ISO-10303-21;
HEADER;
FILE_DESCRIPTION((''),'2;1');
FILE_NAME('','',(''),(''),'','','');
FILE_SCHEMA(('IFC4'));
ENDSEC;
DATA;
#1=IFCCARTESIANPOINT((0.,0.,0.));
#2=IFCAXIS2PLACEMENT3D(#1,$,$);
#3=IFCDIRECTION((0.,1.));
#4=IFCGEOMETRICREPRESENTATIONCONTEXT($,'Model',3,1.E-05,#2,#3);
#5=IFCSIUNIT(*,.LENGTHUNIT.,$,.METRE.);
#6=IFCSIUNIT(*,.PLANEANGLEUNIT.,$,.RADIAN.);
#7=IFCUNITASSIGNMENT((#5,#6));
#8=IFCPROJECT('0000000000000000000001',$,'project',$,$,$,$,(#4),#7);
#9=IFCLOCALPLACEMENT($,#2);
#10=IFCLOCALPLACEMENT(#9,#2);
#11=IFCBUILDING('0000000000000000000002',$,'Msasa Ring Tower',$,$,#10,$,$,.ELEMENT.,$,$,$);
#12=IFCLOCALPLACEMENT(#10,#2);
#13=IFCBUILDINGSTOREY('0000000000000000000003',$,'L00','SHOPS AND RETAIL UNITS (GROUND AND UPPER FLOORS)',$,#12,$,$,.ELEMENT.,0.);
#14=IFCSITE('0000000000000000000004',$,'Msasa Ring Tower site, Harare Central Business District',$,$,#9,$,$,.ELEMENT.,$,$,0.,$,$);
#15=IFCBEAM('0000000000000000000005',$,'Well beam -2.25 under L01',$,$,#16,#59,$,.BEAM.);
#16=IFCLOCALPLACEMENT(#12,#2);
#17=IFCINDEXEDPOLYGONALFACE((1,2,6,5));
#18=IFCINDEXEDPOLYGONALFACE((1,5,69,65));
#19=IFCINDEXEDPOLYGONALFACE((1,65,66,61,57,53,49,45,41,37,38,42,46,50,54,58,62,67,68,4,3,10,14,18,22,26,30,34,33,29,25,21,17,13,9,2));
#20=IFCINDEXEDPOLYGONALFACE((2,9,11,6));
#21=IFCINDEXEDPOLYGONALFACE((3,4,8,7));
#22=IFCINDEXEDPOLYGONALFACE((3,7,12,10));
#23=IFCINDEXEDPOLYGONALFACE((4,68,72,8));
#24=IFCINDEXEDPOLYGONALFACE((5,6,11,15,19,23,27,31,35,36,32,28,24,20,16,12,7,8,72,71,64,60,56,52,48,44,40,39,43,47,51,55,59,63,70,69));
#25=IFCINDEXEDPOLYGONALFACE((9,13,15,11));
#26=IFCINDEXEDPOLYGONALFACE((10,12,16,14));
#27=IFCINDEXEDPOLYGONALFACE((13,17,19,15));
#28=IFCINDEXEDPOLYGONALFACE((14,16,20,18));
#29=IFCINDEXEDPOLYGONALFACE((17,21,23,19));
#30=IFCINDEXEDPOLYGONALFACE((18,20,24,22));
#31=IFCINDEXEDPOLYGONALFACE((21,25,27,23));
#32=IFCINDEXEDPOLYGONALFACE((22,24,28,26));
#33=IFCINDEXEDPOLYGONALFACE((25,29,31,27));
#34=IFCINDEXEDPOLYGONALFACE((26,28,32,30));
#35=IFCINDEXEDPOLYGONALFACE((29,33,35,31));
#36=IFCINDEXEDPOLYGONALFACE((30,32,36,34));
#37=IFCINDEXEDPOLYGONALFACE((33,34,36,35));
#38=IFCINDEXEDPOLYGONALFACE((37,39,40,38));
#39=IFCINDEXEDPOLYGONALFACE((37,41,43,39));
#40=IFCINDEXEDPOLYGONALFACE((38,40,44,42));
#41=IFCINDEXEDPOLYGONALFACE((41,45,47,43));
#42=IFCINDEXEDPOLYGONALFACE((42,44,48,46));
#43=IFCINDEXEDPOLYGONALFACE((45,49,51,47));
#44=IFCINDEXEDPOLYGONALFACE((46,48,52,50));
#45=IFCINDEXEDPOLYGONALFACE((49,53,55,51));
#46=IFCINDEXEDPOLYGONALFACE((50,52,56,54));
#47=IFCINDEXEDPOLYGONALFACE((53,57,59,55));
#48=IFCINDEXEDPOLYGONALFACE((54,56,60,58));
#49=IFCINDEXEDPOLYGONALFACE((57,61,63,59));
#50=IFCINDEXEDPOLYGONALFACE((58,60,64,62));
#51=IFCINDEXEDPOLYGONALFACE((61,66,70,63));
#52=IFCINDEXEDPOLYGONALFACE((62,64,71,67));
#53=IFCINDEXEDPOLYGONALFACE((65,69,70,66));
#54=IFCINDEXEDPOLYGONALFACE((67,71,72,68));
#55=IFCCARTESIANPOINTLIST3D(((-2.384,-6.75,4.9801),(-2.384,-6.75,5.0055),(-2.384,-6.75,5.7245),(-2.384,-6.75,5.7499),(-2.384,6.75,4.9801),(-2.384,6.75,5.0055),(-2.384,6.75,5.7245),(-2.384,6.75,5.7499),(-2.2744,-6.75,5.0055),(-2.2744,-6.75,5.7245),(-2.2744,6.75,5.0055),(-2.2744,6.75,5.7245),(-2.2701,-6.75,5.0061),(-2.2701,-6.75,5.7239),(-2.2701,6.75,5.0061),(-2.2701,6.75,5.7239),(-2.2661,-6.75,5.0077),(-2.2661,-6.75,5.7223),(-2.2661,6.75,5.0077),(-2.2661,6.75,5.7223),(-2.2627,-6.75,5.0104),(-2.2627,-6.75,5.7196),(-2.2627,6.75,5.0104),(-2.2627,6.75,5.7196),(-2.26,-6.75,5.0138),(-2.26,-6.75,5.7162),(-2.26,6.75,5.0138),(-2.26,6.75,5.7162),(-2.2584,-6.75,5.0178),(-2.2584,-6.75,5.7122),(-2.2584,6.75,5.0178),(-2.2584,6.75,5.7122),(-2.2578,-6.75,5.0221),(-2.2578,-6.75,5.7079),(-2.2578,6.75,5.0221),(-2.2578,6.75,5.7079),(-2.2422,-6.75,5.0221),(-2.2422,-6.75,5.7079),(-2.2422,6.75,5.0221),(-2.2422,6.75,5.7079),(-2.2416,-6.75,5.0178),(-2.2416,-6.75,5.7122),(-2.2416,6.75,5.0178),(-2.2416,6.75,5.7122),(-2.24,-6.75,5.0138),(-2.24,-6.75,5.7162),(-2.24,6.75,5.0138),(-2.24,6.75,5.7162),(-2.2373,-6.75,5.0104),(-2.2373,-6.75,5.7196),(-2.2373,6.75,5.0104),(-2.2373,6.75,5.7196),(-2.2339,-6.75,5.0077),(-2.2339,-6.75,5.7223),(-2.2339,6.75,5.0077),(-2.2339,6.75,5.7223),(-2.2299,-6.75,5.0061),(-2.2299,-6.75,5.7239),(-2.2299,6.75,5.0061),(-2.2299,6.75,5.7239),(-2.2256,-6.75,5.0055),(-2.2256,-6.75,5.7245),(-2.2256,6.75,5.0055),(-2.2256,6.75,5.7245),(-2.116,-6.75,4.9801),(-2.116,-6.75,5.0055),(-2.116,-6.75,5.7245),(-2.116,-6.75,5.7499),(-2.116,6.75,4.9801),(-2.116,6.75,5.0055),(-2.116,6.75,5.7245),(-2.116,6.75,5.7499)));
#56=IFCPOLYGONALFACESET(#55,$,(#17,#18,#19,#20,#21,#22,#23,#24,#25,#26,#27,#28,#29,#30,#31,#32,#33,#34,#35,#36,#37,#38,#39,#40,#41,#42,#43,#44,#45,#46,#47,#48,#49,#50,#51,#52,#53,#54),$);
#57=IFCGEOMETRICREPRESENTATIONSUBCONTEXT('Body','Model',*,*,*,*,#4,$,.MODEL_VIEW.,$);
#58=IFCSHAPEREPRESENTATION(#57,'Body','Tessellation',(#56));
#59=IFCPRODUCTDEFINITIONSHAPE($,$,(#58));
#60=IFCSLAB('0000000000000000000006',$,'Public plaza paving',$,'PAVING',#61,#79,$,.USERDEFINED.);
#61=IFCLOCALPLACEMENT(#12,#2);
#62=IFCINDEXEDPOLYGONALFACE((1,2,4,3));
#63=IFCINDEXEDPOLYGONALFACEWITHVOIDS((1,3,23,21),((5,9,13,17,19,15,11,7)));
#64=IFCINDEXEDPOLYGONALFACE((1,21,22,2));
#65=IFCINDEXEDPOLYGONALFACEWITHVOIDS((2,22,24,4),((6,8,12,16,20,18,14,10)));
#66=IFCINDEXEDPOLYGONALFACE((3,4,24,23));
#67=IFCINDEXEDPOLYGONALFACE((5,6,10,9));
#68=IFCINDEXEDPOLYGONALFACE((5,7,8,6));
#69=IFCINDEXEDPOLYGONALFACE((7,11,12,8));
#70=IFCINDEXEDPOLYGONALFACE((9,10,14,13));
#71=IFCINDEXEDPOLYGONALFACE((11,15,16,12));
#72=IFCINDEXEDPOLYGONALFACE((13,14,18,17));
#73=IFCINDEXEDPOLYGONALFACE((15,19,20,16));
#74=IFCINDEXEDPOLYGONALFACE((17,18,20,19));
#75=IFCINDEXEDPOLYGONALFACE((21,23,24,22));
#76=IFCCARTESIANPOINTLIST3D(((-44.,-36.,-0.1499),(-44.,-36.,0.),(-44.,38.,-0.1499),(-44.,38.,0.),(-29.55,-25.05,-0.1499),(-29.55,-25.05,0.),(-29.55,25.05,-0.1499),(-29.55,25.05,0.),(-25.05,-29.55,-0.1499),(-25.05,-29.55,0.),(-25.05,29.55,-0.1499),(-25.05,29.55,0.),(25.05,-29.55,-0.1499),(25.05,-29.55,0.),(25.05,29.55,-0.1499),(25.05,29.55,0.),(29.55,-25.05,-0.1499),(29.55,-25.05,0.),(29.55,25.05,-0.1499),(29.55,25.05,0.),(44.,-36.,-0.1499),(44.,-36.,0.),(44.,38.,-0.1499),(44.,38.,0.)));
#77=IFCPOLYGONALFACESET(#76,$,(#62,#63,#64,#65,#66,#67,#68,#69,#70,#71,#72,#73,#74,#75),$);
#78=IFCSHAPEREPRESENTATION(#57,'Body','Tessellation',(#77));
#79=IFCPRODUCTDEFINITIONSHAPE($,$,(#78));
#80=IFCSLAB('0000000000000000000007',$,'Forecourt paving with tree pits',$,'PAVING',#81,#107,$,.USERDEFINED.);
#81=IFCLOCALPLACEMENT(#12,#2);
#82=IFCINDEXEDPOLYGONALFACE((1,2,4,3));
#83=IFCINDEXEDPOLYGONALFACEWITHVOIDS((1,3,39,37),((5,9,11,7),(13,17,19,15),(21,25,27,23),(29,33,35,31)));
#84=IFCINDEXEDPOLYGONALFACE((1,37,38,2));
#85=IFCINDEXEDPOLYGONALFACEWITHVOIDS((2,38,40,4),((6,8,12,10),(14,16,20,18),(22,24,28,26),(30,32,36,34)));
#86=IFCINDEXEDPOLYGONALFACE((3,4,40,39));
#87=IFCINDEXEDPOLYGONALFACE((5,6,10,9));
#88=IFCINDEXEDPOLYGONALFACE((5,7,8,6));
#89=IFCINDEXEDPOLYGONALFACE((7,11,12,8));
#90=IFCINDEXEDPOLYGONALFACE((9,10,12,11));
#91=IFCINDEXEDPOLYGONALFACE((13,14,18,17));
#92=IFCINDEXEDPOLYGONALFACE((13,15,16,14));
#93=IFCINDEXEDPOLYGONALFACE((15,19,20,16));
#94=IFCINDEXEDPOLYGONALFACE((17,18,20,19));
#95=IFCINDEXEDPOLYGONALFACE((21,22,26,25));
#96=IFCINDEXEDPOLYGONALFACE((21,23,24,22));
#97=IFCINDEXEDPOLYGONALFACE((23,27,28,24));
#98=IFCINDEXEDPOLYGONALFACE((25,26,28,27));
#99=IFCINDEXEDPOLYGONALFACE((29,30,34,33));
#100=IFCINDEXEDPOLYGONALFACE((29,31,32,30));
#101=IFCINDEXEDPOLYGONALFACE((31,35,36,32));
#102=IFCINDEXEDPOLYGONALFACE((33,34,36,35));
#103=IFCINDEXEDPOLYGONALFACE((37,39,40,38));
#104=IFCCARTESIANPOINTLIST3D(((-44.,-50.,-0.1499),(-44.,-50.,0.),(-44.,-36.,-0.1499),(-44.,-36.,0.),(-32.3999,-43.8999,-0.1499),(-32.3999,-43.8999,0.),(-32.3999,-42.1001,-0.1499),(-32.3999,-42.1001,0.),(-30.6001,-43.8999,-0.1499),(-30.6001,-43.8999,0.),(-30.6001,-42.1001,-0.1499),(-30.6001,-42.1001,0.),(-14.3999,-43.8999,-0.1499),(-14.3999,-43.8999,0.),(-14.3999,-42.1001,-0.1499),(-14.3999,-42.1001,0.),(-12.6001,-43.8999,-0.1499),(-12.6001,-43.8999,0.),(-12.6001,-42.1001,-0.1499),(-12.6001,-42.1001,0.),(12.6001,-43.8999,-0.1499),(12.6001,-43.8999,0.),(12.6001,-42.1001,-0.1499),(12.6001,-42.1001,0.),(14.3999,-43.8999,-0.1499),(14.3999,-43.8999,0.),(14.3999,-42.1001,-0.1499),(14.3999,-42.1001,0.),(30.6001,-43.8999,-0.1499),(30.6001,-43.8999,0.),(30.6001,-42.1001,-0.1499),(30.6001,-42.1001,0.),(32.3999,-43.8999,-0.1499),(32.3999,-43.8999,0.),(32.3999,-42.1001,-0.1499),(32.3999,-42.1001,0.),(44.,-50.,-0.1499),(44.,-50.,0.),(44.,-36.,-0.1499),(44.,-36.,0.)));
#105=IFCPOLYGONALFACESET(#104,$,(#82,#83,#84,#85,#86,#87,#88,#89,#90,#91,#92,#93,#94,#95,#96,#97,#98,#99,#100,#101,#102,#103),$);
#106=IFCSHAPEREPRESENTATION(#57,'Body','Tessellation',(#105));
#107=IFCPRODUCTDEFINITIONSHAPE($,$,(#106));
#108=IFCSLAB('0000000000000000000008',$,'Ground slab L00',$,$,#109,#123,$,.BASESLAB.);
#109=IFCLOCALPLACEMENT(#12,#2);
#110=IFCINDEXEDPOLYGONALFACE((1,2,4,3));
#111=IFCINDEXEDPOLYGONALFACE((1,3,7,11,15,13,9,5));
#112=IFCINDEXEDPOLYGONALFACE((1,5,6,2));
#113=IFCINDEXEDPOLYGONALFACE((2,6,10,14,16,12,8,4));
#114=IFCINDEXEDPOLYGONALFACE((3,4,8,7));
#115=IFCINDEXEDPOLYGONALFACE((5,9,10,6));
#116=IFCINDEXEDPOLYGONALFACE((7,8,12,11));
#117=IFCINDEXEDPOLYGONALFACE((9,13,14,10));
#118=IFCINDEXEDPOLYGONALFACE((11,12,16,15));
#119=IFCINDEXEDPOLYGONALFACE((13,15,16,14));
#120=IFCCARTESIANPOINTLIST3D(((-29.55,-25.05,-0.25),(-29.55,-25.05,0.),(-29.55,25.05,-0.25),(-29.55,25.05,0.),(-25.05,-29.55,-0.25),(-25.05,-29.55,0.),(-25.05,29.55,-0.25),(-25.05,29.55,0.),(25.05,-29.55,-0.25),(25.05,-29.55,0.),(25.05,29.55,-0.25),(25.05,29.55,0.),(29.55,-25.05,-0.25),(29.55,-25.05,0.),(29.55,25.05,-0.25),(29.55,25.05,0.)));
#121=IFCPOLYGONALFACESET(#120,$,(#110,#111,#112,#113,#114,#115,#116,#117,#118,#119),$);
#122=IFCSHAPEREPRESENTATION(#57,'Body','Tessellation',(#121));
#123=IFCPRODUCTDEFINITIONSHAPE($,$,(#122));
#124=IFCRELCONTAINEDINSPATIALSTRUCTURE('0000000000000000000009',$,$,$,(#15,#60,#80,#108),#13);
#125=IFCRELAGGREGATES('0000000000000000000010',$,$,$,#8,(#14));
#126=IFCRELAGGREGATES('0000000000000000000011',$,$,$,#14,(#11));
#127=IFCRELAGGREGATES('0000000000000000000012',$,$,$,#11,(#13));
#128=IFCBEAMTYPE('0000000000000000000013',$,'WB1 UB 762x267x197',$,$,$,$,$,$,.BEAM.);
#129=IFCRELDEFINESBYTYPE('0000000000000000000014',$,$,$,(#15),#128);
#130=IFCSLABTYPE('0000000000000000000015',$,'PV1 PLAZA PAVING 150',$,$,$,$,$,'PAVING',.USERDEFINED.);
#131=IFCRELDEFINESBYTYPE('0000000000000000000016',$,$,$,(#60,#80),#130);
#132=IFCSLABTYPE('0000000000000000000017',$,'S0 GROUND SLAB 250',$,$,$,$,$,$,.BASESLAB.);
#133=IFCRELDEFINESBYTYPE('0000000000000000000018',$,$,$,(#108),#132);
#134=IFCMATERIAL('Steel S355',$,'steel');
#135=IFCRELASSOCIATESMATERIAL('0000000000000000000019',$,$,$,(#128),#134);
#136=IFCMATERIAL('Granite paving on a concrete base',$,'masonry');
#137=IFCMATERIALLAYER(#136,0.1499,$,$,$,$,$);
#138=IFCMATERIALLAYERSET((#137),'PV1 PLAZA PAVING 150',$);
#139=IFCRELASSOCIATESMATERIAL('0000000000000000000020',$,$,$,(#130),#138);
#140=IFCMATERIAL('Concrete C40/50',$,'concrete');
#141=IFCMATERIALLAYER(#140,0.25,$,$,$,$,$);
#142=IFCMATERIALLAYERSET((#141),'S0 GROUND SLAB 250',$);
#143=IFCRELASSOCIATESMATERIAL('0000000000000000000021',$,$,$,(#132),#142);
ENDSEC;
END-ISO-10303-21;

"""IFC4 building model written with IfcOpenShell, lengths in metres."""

from ifc_helpers import new_model, si_unit, direction, frame, origin, origin_2d, place, context, subcontext, project, spatial, polyline, i_section, outline, extrude, material, layer, layer_set, material_profile, profile_set, type_object, element, save


model = new_model("IFC4")

# Units and contexts
model_context = context("Model", 3, precision=1e-05, world=origin(), true_north=direction((0.0, 1.0)))
body_context = subcontext(model_context, "Body", "Model", "MODEL_VIEW")
ifc_project = project(units=[si_unit("LENGTHUNIT", "METRE"), si_unit("PLANEANGLEUNIT", "RADIAN")], contexts=[model_context])

# Site, building, storey
site_placement = place(None, origin())
site = spatial("IfcSite", under=ifc_project, at=site_placement, Name="Msasa Ring Tower site, Harare Central Business District", CompositionType="ELEMENT", RefElevation=0.0)
building_placement = place(site_placement, origin())
building = spatial("IfcBuilding", under=site, at=building_placement, Name="Msasa Ring Tower", CompositionType="ELEMENT")
storey_placement = place(building_placement, origin())
storey = spatial("IfcBuildingStorey", under=building, at=storey_placement, Name="L00", Description="SHOPS AND RETAIL UNITS (GROUND AND UPPER FLOORS)", CompositionType="ELEMENT", Elevation=0.0)

# Beam
ifc_material_1 = material(Name="Steel S355", Category="steel")
ifc_material_profile_1 = material_profile(ifc_material_1, i_section(OverallWidth=0.2681, OverallDepth=0.7698, WebThickness=0.0156, FlangeThickness=0.0254, FilletRadius=0.0166, at=origin_2d()), Name="UB 762x267x197")
ifc_profile_set_1 = profile_set([ifc_material_profile_1], Name="Steel S355")
beam_type_1 = type_object("IfcBeamType", Name="WB1 UB 762x267x197", PredefinedType="BEAM", material=ifc_profile_set_1)
beam_placement = place(storey_placement, frame((-2.25, -6.75, 5.365), z_axis=(0.0, 1.0, 0.0), x_axis=(-1.0, 0.0, 0.0)))
element("IfcBeam", 1, at=beam_placement, inside=storey, type_object=beam_type_1, Name="Well beam -2.25 under L01", PredefinedType="BEAM", context=body_context, shape_type="SweptSolid", body=[
    extrude(i_section(OverallWidth=0.2681, OverallDepth=0.7698, WebThickness=0.0156, FlangeThickness=0.0254, FilletRadius=0.0166, at=origin_2d()), origin(), (0.0, 0.0, 1.0), 13.5),
])

# Slabs
ifc_material_2 = material(Name="Granite paving on a concrete base", Category="masonry")
ifc_layer_1 = layer(ifc_material_2, 0.1499)
ifc_layer_set_1 = layer_set([ifc_layer_1], Name="PV1 PLAZA PAVING 150")
slab_type_1 = type_object("IfcSlabType", Name="PV1 PLAZA PAVING 150", ElementType="PAVING", PredefinedType="USERDEFINED", material=ifc_layer_set_1)
slab_1_placement = place(storey_placement, frame((0.0, 0.0, -0.1499)))
element("IfcSlab", 2, at=slab_1_placement, inside=storey, type_object=slab_type_1, Name="Public plaza paving", ObjectType="PAVING", PredefinedType="USERDEFINED", context=body_context, shape_type="SweptSolid", body=[
    extrude(outline(polyline([(-44.0, -36.0), (44.0, -36.0), (44.0, 38.0), (-44.0, 38.0), (-44.0, -36.0)]), holes=[polyline([(-25.05, -29.55), (25.05, -29.55), (29.55, -25.05), (29.55, 25.05), (25.05, 29.55), (-25.05, 29.55), (-29.55, 25.05), (-29.55, -25.05), (-25.05, -29.55)])]), origin(), (0.0, 0.0, 1.0), 0.1499),
])
slab_2_placement = place(storey_placement, frame((0.0, 0.0, -0.1499)))
element("IfcSlab", 3, at=slab_2_placement, inside=storey, type_object=slab_type_1, Name="Forecourt paving with tree pits", ObjectType="PAVING", PredefinedType="USERDEFINED", context=body_context, shape_type="SweptSolid", body=[
    extrude(outline(polyline([(-44.0, -50.0), (44.0, -50.0), (44.0, -36.0), (-44.0, -36.0), (-44.0, -50.0)]), holes=[polyline([(-32.3999, -43.8999), (-30.6001, -43.8999), (-30.6001, -42.1001), (-32.3999, -42.1001), (-32.3999, -43.8999)]), polyline([(-14.3999, -43.8999), (-12.6001, -43.8999), (-12.6001, -42.1001), (-14.3999, -42.1001), (-14.3999, -43.8999)]), polyline([(12.6001, -43.8999), (14.3999, -43.8999), (14.3999, -42.1001), (12.6001, -42.1001), (12.6001, -43.8999)]), polyline([(30.6001, -43.8999), (32.3999, -43.8999), (32.3999, -42.1001), (30.6001, -42.1001), (30.6001, -43.8999)])]), origin(), (0.0, 0.0, 1.0), 0.1499),
])
ifc_material_3 = material(Name="Concrete C40/50", Category="concrete")
ifc_layer_2 = layer(ifc_material_3, 0.25)
ifc_layer_set_2 = layer_set([ifc_layer_2], Name="S0 GROUND SLAB 250")
slab_type_2 = type_object("IfcSlabType", Name="S0 GROUND SLAB 250", PredefinedType="BASESLAB", material=ifc_layer_set_2)
slab_3_placement = place(storey_placement, frame((0.0, 0.0, -0.25)))
element("IfcSlab", 4, at=slab_3_placement, inside=storey, type_object=slab_type_2, Name="Ground slab L00", PredefinedType="BASESLAB", context=body_context, shape_type="SweptSolid", body=[
    extrude(outline(polyline([(-25.05, -29.55), (25.05, -29.55), (29.55, -25.05), (29.55, 25.05), (25.05, 29.55), (-25.05, 29.55), (-29.55, 25.05), (-29.55, -25.05), (-25.05, -29.55)])), origin(), (0.0, 0.0, 1.0), 0.25),
])

save(model, "model.ifc")
